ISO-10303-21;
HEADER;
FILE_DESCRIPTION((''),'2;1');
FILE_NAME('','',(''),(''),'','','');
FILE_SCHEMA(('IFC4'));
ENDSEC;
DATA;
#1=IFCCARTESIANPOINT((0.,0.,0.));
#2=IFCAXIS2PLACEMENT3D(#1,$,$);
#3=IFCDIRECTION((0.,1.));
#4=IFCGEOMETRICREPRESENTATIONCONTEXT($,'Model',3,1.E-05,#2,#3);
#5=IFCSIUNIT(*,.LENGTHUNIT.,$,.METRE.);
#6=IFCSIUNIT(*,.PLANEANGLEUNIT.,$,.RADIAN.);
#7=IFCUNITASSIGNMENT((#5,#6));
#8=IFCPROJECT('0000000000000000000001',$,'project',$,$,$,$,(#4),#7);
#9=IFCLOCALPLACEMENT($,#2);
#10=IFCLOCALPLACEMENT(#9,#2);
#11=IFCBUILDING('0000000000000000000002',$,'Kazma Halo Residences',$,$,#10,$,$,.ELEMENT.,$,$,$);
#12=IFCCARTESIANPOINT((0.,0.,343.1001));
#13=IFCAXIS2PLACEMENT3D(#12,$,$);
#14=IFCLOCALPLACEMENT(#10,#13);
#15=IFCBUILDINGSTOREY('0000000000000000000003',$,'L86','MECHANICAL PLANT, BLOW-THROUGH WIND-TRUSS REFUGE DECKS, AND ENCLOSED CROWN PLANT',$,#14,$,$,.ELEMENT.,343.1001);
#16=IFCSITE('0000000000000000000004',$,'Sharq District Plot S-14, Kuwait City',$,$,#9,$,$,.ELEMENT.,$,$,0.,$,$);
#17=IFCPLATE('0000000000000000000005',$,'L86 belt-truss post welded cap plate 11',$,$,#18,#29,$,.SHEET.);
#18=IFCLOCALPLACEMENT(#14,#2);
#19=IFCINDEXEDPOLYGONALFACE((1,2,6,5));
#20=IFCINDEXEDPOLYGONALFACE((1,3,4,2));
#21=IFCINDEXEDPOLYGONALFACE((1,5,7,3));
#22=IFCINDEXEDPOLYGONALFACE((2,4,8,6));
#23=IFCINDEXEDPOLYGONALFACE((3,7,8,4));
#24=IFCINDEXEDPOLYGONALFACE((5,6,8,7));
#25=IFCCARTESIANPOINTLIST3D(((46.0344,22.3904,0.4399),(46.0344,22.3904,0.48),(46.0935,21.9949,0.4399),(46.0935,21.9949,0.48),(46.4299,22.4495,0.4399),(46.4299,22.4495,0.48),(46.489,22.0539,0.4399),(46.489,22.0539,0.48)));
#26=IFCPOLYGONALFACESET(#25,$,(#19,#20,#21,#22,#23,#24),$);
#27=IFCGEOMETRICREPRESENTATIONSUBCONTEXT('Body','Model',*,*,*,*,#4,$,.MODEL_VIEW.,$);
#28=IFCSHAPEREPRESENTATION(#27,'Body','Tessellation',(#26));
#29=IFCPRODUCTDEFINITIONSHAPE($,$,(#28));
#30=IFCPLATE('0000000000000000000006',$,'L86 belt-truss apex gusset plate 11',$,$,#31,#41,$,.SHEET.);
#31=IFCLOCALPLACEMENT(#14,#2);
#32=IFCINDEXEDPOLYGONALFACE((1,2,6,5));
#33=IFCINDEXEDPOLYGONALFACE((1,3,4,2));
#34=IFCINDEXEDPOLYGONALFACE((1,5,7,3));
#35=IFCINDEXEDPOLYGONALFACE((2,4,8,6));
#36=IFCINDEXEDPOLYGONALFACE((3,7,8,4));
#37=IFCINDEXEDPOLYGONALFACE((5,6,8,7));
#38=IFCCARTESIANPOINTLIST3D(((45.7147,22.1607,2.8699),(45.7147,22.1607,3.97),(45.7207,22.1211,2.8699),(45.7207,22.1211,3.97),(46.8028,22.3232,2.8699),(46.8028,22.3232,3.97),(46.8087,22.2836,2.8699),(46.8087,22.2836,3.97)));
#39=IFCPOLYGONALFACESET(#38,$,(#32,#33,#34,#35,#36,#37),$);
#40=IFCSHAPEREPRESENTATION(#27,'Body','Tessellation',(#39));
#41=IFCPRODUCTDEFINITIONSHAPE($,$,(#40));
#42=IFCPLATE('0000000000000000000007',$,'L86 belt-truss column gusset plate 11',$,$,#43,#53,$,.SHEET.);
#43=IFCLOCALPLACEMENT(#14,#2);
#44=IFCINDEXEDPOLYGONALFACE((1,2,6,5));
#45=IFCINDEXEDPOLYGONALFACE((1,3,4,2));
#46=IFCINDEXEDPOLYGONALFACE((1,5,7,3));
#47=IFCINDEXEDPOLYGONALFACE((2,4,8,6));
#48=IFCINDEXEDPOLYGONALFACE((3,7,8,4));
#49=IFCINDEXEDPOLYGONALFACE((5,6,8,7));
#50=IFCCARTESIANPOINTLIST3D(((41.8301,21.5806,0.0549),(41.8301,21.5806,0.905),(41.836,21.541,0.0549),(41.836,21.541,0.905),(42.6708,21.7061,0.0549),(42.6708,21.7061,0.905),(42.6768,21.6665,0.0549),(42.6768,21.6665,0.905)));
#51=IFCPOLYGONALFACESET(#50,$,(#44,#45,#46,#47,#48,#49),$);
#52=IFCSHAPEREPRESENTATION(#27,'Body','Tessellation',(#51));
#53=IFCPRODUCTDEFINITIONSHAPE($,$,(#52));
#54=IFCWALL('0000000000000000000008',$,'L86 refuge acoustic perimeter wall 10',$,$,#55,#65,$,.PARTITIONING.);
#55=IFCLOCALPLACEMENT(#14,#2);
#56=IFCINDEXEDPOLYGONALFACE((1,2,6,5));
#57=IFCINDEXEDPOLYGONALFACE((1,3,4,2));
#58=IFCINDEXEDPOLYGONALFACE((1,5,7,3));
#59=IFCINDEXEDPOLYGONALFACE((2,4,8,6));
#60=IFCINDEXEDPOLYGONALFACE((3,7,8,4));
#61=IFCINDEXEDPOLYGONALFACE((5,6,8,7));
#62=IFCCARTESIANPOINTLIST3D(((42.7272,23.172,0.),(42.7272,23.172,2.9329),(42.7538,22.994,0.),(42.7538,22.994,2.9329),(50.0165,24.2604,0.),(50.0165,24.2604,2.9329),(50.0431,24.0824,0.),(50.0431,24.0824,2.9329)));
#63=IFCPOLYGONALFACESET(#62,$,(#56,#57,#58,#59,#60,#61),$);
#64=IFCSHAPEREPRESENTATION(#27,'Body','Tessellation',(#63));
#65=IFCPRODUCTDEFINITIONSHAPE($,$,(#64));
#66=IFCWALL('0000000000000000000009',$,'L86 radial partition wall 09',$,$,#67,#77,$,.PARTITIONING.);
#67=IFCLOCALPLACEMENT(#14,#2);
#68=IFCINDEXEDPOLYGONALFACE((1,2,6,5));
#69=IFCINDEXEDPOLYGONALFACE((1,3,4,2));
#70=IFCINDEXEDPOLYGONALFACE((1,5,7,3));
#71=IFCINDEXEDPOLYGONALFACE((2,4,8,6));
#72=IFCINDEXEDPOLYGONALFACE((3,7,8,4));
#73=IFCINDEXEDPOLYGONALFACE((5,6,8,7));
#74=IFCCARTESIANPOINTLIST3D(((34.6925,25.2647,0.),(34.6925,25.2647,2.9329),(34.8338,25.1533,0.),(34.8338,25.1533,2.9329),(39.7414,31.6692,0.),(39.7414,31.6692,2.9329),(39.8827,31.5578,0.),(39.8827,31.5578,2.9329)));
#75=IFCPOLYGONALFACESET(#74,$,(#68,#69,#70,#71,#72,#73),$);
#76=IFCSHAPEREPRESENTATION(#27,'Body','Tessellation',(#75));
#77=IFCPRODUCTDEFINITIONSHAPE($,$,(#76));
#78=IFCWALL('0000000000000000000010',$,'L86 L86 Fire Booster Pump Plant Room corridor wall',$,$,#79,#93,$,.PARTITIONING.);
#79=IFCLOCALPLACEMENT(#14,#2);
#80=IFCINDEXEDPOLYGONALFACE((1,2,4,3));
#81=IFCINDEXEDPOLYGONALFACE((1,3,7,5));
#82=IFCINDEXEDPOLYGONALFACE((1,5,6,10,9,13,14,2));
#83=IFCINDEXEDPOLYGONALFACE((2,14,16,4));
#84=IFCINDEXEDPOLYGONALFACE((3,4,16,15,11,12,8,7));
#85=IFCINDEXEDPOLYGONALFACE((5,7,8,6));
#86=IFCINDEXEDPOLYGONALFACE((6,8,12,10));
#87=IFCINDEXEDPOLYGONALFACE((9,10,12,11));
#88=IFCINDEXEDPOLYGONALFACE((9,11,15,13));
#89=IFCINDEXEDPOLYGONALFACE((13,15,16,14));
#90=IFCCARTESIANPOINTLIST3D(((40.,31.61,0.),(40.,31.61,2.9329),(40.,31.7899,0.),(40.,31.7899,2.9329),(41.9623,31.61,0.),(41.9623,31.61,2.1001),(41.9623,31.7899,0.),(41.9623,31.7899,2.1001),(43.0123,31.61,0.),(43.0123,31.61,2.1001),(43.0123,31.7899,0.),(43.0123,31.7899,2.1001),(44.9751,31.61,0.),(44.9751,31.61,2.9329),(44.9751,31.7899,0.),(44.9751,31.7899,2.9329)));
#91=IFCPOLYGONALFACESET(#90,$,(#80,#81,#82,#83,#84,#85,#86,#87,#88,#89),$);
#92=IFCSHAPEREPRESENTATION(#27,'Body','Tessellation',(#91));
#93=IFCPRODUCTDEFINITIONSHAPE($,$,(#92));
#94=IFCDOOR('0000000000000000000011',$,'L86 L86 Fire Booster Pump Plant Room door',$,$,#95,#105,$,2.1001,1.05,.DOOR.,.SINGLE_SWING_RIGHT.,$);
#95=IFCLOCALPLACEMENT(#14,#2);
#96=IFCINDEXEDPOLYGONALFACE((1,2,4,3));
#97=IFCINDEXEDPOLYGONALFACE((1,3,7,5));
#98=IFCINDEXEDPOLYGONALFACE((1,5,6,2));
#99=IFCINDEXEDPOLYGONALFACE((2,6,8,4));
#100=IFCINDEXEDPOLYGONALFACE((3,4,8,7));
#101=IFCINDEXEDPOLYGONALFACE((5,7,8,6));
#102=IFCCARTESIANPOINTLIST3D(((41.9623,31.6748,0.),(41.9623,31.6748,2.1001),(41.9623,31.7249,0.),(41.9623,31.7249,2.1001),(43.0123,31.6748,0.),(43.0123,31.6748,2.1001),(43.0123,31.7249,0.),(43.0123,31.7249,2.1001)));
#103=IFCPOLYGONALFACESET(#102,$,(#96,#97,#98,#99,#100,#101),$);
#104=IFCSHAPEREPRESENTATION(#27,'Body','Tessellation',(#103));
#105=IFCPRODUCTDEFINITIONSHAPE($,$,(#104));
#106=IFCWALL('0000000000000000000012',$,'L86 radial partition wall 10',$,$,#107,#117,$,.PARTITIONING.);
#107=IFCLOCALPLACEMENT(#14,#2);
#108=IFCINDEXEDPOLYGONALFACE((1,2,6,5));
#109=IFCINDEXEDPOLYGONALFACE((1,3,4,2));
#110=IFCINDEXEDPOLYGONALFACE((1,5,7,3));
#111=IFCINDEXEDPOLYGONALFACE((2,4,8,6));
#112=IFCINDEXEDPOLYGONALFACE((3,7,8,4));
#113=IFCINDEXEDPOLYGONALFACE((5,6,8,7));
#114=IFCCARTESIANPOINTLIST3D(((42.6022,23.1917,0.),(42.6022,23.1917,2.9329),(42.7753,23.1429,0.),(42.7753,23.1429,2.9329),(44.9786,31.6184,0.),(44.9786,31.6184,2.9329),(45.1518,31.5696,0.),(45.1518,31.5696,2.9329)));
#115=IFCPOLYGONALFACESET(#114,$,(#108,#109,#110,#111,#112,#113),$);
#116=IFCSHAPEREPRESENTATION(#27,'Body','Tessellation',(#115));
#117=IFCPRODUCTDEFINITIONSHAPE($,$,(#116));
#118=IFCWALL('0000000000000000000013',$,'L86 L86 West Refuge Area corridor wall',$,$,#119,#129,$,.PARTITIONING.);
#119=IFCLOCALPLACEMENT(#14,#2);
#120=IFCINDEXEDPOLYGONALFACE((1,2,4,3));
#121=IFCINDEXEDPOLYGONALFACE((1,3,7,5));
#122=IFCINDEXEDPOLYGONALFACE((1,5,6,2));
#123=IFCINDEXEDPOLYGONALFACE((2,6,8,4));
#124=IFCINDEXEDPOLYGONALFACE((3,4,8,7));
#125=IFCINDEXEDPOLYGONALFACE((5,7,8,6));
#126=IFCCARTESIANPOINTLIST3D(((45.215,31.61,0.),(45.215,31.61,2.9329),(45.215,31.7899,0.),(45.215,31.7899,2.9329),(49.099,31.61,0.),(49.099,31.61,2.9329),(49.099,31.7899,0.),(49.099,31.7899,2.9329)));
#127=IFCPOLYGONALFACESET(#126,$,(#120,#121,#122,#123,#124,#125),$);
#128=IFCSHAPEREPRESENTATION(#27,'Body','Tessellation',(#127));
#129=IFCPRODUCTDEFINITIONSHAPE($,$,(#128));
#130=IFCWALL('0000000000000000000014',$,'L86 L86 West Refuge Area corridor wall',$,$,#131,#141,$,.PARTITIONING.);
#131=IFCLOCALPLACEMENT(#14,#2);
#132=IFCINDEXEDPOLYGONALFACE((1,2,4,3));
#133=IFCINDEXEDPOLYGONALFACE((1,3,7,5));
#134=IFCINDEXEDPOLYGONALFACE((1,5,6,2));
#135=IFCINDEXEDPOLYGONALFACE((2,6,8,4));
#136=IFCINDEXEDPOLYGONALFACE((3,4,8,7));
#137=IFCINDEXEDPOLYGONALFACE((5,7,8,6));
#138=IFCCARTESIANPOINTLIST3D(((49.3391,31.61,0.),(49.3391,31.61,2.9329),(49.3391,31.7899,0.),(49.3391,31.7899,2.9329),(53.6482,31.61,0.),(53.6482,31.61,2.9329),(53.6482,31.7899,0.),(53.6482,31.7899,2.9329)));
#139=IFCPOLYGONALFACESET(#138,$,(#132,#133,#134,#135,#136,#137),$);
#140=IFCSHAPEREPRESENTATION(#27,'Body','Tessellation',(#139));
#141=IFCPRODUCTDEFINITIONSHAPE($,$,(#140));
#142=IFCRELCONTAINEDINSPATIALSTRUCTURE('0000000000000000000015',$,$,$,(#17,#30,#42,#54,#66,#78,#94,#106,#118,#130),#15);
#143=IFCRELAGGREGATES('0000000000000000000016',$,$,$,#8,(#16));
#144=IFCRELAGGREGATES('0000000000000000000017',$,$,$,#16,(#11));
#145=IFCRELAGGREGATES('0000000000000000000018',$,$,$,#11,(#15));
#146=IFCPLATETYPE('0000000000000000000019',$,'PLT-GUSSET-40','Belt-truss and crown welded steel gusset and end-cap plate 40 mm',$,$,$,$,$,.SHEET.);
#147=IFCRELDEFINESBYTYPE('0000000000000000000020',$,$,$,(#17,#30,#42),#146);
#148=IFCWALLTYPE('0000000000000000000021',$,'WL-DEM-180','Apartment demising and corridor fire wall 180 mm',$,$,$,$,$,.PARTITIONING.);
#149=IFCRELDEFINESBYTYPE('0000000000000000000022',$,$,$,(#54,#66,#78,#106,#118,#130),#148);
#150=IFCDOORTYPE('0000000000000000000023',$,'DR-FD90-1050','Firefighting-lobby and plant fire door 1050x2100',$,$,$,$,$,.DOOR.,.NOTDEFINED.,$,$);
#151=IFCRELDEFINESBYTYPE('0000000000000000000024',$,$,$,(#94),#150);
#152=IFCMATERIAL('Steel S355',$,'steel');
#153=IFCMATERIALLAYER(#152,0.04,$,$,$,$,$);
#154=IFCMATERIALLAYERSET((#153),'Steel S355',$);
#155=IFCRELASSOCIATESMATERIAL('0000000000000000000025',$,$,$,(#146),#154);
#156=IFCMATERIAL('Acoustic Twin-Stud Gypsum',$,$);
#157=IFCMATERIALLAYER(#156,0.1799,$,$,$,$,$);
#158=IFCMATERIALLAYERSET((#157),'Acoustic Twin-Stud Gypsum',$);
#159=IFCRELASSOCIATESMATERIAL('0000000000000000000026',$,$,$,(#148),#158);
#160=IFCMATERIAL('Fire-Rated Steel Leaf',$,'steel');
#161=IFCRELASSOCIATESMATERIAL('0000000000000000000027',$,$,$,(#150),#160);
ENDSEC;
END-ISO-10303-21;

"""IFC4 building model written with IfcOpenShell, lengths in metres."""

from ifc_helpers import new_model, si_unit, direction, frame, frame_2d, origin, origin_2d, place, context, subcontext, project, spatial, rectangle, extrude, material, layer, layer_set, type_object, element, fill, save


model = new_model("IFC4")

# Units and contexts
model_context = context("Model", 3, precision=1e-05, world=origin(), true_north=direction((0.0, 1.0)))
body_context = subcontext(model_context, "Body", "Model", "MODEL_VIEW")
ifc_project = project(units=[si_unit("LENGTHUNIT", "METRE"), si_unit("PLANEANGLEUNIT", "RADIAN")], contexts=[model_context])

# Site, building, storey
site_placement = place(None, origin())
site = spatial("IfcSite", under=ifc_project, at=site_placement, Name="Sharq District Plot S-14, Kuwait City", CompositionType="ELEMENT", RefElevation=0.0)
building_placement = place(site_placement, origin())
building = spatial("IfcBuilding", under=site, at=building_placement, Name="Kazma Halo Residences", CompositionType="ELEMENT")
storey_placement = place(building_placement, frame((0.0, 0.0, 343.1001)))
storey = spatial("IfcBuildingStorey", under=building, at=storey_placement, Name="L86", Description="MECHANICAL PLANT, BLOW-THROUGH WIND-TRUSS REFUGE DECKS, AND ENCLOSED CROWN PLANT", CompositionType="ELEMENT", Elevation=343.1001)

# Shared definitions
ifc_material_1 = material(Name="Steel S355", Category="steel")

# Plates
ifc_layer_1 = layer(ifc_material_1, 0.04)
ifc_layer_set_1 = layer_set([ifc_layer_1], Name="Steel S355")
plate_type_1 = type_object("IfcPlateType", Name="PLT-GUSSET-40", Description="Belt-truss and crown welded steel gusset and end-cap plate 40 mm", PredefinedType="SHEET", material=ifc_layer_set_1)
plate_1_placement = place(storey_placement, frame((46.2617, 22.2222, 0.4399), z_axis=(0.0, 0.0, 1.0), x_axis=(0.989034, 0.147688, 0.0)))
element("IfcPlate", 1, at=plate_1_placement, inside=storey, type_object=plate_type_1, Name="L86 belt-truss post welded cap plate 11", PredefinedType="SHEET", context=body_context, shape_type="SweptSolid", body=[
    extrude(rectangle(XDim=0.3999, YDim=0.3999, at=origin_2d()), origin(), (0.0, 0.0, 1.0), 0.04),
])
plate_2_placement = place(storey_placement, frame((46.2617, 22.2222, 2.8699), z_axis=(0.0, 0.0, 1.0), x_axis=(0.989034, 0.147688, 0.0)))
element("IfcPlate", 2, at=plate_2_placement, inside=storey, type_object=plate_type_1, Name="L86 belt-truss apex gusset plate 11", PredefinedType="SHEET", context=body_context, shape_type="SweptSolid", body=[
    extrude(rectangle(XDim=1.1001, YDim=0.04, at=origin_2d()), origin(), (0.0, 0.0, 1.0), 1.1001),
])
plate_3_placement = place(storey_placement, frame((42.2534, 21.6235, 0.0549), z_axis=(0.0, 0.0, 1.0), x_axis=(0.989034, 0.147688, 0.0)))
element("IfcPlate", 3, at=plate_3_placement, inside=storey, type_object=plate_type_1, Name="L86 belt-truss column gusset plate 11", PredefinedType="SHEET", context=body_context, shape_type="SweptSolid", body=[
    extrude(rectangle(XDim=0.8501, YDim=0.04, at=origin_2d()), origin(), (0.0, 0.0, 1.0), 0.8501),
])

# Walls
ifc_material_2 = material(Name="Acoustic Twin-Stud Gypsum")
ifc_layer_2 = layer(ifc_material_2, 0.1799)
ifc_layer_set_2 = layer_set([ifc_layer_2], Name="Acoustic Twin-Stud Gypsum")
wall_type = type_object("IfcWallType", Name="WL-DEM-180", Description="Apartment demising and corridor fire wall 180 mm", PredefinedType="PARTITIONING", material=ifc_layer_set_2)
wall_1_placement = place(storey_placement, frame((42.7405, 23.083, 0.0), z_axis=(0.0, 0.0, 1.0), x_axis=(0.989036, 0.147675, 0.0)))
element("IfcWall", 4, at=wall_1_placement, inside=storey, type_object=wall_type, Name="L86 refuge acoustic perimeter wall 10", PredefinedType="PARTITIONING", context=body_context, shape_type="SweptSolid", body=[
    extrude(rectangle(XDim=7.3701, YDim=0.1799, at=frame_2d((3.6851, 0.0))), origin(), (0.0, 0.0, 1.0), 2.9329),
])
wall_2_placement = place(storey_placement, frame((39.812, 31.6135, 0.0), z_axis=(0.0, 0.0, 1.0), x_axis=(-0.619086, -0.785323, 0.0)))
element("IfcWall", 5, at=wall_2_placement, inside=storey, type_object=wall_type, Name="L86 radial partition wall 09", PredefinedType="PARTITIONING", context=body_context, shape_type="SweptSolid", body=[
    extrude(rectangle(XDim=8.1553, YDim=0.1799, at=frame_2d((4.0776, 0.0))), origin(), (0.0, 0.0, 1.0), 2.9329),
])

# Wall, opening, door
wall_3_placement = place(storey_placement, frame((40.0, 31.7, 0.0), z_axis=(0.0, 0.0, 1.0), x_axis=(1.0, 0.0, 0.0)))
wall_3 = element("IfcWall", 6, at=wall_3_placement, inside=storey, type_object=wall_type, Name="L86 L86 Fire Booster Pump Plant Room corridor wall", PredefinedType="PARTITIONING", context=body_context, shape_type="SweptSolid", body=[
    extrude(rectangle(XDim=4.9751, YDim=0.1799, at=frame_2d((2.4875, 0.0))), origin(), (0.0, 0.0, 1.0), 2.9329),
])
opening_placement = place(wall_3_placement, frame((1.9624, 0.0, 0.0)))
opening = element("IfcOpeningElement", 7, at=opening_placement, cuts=wall_3, PredefinedType="OPENING", context=body_context, shape_type="SweptSolid", body=[
    extrude(rectangle(XDim=1.05, YDim=2.1001, at=frame_2d((0.5249, 1.05))), frame((0.0, 0.0999, 0.0), z_axis=(0.0, -1.0, 0.0), x_axis=(1.0, 0.0, 0.0)), (0.0, 0.0, 1.0), 0.2),
])
ifc_material_3 = material(Name="Fire-Rated Steel Leaf", Category="steel")
door_type = type_object("IfcDoorType", Name="DR-FD90-1050", Description="Firefighting-lobby and plant fire door 1050x2100", OperationType="NOTDEFINED", PredefinedType="DOOR", material=ifc_material_3)
door_placement = place(opening_placement, origin())
door = element("IfcDoor", 8, at=door_placement, inside=storey, type_object=door_type, Name="L86 L86 Fire Booster Pump Plant Room door", OperationType="SINGLE_SWING_RIGHT", OverallHeight=2.1001, OverallWidth=1.05, PredefinedType="DOOR", context=body_context, shape_type="SweptSolid", body=[
    extrude(rectangle(XDim=1.05, YDim=2.1001, at=frame_2d((0.5249, 1.05))), frame((0.0, 0.0249, 0.0), z_axis=(0.0, -1.0, 0.0), x_axis=(1.0, 0.0, 0.0)), (0.0, 0.0, 1.0), 0.05),
])
fill(opening, door)

# Walls
wall_4_placement = place(storey_placement, frame((45.0652, 31.594, 0.0), z_axis=(0.0, 0.0, 1.0), x_axis=(-0.271427, -0.962459, 0.0)))
element("IfcWall", 9, at=wall_4_placement, inside=storey, type_object=wall_type, Name="L86 radial partition wall 10", PredefinedType="PARTITIONING", context=body_context, shape_type="SweptSolid", body=[
    extrude(rectangle(XDim=8.7554, YDim=0.1799, at=frame_2d((4.3777, 0.0))), origin(), (0.0, 0.0, 1.0), 2.9329),
])
wall_5_placement = place(storey_placement, frame((45.2151, 31.7, 0.0), z_axis=(0.0, 0.0, 1.0), x_axis=(1.0, 0.0, 0.0)))
element("IfcWall", 10, at=wall_5_placement, inside=storey, type_object=wall_type, Name="L86 L86 West Refuge Area corridor wall", PredefinedType="PARTITIONING", context=body_context, shape_type="SweptSolid", body=[
    extrude(rectangle(XDim=3.884, YDim=0.1799, at=frame_2d((1.9419, 0.0))), origin(), (0.0, 0.0, 1.0), 2.9329),
])
wall_6_placement = place(storey_placement, frame((49.3391, 31.7, 0.0), z_axis=(0.0, 0.0, 1.0), x_axis=(1.0, 0.0, 0.0)))
element("IfcWall", 11, at=wall_6_placement, inside=storey, type_object=wall_type, Name="L86 L86 West Refuge Area corridor wall", PredefinedType="PARTITIONING", context=body_context, shape_type="SweptSolid", body=[
    extrude(rectangle(XDim=4.3091, YDim=0.1799, at=frame_2d((2.1545, 0.0))), origin(), (0.0, 0.0, 1.0), 2.9329),
])

save(model, "model.ifc")
